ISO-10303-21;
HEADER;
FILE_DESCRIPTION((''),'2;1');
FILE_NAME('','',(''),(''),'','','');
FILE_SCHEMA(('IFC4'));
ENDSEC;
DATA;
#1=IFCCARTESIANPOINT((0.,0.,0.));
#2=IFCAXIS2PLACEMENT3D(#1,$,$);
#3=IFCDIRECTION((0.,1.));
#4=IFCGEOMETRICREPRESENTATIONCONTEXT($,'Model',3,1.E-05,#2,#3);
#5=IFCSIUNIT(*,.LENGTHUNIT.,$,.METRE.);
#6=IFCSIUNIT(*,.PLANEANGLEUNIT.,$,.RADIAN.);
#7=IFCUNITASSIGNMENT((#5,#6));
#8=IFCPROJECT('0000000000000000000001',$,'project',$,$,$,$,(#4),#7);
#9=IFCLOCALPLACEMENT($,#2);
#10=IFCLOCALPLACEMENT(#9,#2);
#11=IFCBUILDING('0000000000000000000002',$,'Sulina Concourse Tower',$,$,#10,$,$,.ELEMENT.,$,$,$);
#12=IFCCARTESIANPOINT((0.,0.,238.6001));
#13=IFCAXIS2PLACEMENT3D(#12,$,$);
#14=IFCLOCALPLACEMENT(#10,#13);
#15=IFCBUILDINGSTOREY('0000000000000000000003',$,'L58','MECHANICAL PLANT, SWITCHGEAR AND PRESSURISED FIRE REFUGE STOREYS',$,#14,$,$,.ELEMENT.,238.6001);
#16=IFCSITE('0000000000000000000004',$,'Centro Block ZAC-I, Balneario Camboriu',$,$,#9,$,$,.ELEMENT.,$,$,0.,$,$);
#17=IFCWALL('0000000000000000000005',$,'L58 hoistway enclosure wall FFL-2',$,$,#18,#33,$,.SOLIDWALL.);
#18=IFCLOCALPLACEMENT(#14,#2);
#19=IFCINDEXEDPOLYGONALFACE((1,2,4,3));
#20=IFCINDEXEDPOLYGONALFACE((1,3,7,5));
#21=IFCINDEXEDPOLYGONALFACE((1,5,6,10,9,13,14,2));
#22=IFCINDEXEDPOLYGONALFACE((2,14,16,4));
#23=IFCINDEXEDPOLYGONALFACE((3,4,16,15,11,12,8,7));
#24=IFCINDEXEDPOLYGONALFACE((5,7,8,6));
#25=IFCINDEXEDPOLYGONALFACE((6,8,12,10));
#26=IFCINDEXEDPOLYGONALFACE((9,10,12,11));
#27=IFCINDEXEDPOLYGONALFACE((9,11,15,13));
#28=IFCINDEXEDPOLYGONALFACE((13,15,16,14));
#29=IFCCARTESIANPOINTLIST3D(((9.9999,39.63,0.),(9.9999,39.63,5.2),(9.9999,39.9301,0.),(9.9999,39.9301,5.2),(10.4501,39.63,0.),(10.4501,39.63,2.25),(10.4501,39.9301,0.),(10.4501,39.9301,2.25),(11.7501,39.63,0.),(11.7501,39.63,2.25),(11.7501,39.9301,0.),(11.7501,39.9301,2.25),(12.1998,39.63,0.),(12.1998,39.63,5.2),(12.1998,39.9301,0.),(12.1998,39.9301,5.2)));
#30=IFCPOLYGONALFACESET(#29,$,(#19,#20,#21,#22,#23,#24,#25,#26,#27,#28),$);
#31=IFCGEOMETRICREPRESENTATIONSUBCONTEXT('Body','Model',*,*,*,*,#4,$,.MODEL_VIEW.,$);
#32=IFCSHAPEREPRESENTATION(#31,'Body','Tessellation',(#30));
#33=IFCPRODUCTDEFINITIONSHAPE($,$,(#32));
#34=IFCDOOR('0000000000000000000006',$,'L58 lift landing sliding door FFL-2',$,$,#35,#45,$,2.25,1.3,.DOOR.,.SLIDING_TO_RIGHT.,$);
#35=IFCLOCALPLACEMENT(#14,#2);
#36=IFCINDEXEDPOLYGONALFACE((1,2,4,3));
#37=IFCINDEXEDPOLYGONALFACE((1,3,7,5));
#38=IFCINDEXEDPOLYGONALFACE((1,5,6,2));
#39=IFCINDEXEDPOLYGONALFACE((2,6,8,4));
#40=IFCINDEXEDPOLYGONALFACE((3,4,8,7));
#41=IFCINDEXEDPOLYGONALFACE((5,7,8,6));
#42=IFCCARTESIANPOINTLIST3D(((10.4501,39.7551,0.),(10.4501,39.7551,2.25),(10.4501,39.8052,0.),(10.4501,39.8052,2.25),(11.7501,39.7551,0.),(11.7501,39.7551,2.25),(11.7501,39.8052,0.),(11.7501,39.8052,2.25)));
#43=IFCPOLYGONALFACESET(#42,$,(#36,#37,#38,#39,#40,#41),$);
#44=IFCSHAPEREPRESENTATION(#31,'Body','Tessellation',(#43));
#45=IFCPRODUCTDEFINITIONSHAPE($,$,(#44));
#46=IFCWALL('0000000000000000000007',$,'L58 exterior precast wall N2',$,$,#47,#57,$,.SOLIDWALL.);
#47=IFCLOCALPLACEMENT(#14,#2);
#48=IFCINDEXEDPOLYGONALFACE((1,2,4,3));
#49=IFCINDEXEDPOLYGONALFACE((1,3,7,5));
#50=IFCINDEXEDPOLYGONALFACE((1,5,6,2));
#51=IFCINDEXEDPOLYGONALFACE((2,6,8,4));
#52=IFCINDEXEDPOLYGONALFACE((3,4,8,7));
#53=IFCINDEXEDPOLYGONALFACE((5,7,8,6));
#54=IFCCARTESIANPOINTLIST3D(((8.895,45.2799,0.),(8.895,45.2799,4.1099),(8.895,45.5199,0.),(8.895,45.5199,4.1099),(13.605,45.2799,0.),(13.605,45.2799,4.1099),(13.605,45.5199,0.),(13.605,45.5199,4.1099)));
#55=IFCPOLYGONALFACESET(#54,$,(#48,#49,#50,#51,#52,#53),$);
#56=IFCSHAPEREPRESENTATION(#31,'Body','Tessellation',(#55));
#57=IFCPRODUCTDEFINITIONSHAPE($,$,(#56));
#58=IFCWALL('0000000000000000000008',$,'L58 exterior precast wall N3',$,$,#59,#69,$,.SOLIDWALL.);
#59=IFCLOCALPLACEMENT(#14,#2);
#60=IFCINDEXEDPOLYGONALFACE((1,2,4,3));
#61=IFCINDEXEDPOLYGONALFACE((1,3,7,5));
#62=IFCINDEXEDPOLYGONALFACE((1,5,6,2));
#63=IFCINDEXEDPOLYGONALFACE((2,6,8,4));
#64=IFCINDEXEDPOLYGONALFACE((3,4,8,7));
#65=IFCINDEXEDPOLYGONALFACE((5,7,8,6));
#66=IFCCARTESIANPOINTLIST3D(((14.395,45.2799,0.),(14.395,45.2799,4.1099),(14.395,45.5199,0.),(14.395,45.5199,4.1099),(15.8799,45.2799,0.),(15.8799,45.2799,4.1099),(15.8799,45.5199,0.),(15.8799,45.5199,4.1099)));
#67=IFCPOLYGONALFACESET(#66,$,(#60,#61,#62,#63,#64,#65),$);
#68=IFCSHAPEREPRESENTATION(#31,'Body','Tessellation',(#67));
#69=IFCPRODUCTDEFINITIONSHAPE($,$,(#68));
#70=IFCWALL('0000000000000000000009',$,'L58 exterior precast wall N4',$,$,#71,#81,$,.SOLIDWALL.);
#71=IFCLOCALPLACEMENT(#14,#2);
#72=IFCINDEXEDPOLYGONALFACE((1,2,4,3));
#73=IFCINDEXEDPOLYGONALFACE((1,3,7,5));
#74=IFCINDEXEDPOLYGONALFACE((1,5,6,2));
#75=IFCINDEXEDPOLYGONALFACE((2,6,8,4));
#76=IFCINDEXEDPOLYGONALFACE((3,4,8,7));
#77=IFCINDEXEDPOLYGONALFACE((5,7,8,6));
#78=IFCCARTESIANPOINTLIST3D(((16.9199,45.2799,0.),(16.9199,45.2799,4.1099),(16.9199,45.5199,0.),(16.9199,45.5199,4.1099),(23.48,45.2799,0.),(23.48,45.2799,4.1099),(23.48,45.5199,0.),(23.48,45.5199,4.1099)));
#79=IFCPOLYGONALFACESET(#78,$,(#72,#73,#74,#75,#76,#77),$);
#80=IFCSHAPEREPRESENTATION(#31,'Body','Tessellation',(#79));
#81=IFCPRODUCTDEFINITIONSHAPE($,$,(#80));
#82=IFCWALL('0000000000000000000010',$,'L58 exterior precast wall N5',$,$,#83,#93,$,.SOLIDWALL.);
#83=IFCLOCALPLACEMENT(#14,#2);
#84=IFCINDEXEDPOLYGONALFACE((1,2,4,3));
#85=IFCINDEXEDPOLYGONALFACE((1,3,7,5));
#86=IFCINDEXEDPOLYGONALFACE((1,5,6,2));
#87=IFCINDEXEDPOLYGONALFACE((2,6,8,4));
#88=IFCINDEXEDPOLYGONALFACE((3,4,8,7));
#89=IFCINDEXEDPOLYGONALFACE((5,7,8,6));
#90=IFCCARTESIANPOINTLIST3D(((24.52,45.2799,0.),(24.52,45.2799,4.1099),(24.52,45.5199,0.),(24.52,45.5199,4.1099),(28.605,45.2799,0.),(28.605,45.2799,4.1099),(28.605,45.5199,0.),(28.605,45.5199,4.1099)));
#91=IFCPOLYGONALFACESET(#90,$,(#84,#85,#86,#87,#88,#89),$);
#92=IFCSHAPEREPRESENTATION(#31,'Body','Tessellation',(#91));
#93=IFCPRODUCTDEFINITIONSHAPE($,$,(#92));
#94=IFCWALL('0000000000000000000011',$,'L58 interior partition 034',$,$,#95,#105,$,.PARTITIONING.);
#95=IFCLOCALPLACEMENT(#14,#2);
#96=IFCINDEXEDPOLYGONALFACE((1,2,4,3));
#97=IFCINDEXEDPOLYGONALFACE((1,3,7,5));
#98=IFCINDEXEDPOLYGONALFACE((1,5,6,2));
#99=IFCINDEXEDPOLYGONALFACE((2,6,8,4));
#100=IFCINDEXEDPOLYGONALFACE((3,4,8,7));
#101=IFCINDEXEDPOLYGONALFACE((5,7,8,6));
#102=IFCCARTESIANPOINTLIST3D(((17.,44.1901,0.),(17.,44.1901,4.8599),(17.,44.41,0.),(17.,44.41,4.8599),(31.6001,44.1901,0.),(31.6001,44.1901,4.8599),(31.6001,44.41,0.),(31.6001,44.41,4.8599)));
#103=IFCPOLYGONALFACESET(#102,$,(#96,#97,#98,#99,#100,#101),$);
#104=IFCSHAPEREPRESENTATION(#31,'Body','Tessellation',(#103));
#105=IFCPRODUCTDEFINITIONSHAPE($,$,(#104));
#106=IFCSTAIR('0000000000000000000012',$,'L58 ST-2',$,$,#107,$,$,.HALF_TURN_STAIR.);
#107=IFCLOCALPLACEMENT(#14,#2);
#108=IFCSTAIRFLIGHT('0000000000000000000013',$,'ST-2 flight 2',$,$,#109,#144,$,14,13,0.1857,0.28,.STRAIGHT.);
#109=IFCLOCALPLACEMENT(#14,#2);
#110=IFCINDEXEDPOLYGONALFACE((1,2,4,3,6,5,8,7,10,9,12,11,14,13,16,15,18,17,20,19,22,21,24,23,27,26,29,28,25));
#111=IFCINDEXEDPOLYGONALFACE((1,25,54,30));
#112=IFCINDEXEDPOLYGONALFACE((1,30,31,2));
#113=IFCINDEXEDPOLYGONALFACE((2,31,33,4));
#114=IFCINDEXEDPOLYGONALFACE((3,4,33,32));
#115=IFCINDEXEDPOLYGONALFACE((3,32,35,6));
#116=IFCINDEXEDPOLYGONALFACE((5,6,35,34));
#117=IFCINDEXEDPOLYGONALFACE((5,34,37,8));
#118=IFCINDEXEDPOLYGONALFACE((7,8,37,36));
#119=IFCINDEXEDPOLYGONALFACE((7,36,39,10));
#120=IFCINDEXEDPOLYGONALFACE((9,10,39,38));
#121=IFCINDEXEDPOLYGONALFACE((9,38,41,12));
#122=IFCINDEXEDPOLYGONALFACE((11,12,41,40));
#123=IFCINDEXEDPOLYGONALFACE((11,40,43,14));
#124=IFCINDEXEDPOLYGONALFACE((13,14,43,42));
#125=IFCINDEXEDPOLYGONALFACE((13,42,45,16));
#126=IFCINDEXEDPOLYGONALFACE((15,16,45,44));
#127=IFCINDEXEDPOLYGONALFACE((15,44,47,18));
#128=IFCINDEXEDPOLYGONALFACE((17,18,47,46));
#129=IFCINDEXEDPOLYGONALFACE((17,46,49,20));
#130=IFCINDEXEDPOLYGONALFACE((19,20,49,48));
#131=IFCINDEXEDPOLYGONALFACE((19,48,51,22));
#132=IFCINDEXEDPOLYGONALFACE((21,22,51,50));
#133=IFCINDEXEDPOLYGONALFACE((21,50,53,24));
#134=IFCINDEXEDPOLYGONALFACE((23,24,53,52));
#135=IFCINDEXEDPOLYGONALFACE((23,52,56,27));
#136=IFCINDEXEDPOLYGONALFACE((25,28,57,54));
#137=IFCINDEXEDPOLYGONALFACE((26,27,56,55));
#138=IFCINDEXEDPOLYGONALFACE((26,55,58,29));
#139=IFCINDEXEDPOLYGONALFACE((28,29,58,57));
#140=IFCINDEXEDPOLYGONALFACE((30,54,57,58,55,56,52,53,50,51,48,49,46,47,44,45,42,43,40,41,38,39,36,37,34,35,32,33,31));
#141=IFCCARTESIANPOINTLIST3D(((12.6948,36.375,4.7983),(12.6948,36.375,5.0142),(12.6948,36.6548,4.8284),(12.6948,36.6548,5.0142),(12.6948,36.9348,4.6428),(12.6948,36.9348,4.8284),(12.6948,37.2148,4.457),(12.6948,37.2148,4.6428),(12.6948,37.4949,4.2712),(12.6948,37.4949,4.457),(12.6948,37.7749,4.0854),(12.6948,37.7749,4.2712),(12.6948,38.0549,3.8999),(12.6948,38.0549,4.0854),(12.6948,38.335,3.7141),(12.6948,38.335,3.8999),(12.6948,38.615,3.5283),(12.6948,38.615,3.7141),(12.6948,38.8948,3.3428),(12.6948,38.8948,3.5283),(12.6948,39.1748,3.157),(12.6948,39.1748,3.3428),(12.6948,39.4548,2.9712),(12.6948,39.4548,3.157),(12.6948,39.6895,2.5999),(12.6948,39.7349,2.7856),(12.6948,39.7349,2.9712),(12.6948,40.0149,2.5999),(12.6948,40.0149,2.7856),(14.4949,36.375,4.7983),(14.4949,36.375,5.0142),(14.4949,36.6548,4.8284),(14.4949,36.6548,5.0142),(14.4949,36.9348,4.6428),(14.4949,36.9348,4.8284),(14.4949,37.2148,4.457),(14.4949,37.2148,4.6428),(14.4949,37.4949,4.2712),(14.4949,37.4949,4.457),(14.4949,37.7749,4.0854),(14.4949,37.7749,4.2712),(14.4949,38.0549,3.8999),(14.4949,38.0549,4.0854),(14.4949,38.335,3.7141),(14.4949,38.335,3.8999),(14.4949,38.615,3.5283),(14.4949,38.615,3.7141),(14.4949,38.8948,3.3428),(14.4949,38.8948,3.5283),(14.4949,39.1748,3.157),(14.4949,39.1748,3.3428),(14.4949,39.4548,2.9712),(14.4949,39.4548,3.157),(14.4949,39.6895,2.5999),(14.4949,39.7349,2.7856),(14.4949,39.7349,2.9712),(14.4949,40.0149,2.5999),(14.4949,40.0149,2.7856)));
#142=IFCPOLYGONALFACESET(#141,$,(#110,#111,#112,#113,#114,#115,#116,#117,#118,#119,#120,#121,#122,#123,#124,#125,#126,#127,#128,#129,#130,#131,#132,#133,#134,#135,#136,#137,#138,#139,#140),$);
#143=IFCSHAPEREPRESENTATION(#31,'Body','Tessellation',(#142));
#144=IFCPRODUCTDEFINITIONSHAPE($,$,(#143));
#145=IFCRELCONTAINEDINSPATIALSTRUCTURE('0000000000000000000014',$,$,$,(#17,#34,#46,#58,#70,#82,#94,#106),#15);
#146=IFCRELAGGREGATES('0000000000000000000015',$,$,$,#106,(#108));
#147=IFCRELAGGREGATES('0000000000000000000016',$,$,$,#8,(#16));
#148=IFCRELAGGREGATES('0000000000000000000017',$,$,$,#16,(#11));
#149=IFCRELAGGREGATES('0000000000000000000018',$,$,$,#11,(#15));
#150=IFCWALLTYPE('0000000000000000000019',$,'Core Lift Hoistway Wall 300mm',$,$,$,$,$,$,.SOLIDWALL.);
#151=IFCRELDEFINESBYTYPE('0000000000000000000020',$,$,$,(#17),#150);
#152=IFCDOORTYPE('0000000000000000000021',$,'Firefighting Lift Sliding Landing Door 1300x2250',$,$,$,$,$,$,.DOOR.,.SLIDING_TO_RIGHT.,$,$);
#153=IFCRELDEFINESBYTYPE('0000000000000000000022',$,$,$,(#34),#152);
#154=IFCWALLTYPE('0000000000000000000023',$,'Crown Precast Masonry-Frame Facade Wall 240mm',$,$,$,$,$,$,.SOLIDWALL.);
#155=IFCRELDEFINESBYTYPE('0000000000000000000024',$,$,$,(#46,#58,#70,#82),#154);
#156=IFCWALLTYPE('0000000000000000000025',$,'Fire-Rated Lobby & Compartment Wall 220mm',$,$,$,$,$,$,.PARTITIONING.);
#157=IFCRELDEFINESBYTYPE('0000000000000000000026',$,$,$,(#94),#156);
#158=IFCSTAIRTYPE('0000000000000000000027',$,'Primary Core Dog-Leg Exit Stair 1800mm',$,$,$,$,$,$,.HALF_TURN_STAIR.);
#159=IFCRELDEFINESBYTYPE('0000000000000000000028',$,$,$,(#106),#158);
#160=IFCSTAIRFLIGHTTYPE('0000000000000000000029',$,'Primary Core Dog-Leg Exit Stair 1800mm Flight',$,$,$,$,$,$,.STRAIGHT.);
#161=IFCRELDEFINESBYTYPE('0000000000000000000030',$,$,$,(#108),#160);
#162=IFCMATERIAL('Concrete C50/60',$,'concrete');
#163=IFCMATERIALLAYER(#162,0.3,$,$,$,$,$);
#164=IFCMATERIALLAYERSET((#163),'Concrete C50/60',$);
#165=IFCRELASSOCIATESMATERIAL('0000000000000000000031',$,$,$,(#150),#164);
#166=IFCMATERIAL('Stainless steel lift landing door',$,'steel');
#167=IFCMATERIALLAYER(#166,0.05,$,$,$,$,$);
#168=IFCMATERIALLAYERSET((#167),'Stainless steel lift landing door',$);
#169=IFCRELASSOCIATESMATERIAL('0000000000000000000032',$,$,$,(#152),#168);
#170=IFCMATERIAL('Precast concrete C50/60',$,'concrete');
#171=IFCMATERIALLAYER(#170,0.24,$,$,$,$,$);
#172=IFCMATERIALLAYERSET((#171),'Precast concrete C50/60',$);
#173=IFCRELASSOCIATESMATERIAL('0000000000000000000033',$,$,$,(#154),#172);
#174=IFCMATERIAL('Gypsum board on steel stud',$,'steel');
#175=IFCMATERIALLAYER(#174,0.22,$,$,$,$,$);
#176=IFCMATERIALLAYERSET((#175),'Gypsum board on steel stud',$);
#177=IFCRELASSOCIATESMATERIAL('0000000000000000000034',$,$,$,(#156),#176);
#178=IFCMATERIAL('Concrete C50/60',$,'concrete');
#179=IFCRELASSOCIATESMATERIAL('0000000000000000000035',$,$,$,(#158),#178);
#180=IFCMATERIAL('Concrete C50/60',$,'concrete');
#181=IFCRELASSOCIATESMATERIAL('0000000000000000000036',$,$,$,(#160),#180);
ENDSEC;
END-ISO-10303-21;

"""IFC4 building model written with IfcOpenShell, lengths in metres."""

from ifc_helpers import new_model, si_unit, direction, frame, frame_2d, origin, place, context, subcontext, project, spatial, polyline, rectangle, outline, extrude, material, layer, layer_set, type_object, element, fill, aggregate, save


model = new_model("IFC4")

# Units and contexts
model_context = context("Model", 3, precision=1e-05, world=origin(), true_north=direction((0.0, 1.0)))
body_context = subcontext(model_context, "Body", "Model", "MODEL_VIEW")
ifc_project = project(units=[si_unit("LENGTHUNIT", "METRE"), si_unit("PLANEANGLEUNIT", "RADIAN")], contexts=[model_context])

# Site, building, storey
site_placement = place(None, origin())
site = spatial("IfcSite", under=ifc_project, at=site_placement, Name="Centro Block ZAC-I, Balneario Camboriu", CompositionType="ELEMENT", RefElevation=0.0)
building_placement = place(site_placement, origin())
building = spatial("IfcBuilding", under=site, at=building_placement, Name="Sulina Concourse Tower", CompositionType="ELEMENT")
storey_placement = place(building_placement, frame((0.0, 0.0, 238.6001)))
storey = spatial("IfcBuildingStorey", under=building, at=storey_placement, Name="L58", Description="MECHANICAL PLANT, SWITCHGEAR AND PRESSURISED FIRE REFUGE STOREYS", CompositionType="ELEMENT", Elevation=238.6001)

# Wall, opening, door
ifc_material_1 = material(Name="Concrete C50/60", Category="concrete")
ifc_layer_1 = layer(ifc_material_1, 0.3)
ifc_layer_set_1 = layer_set([ifc_layer_1], Name="Concrete C50/60")
wall_type_1 = type_object("IfcWallType", Name="Core Lift Hoistway Wall 300mm", PredefinedType="SOLIDWALL", material=ifc_layer_set_1)
wall_1_placement = place(storey_placement, frame((12.2, 39.78, 0.0), z_axis=(0.0, 0.0, 1.0), x_axis=(-1.0, 0.0, 0.0)))
wall_1 = element("IfcWall", 1, at=wall_1_placement, inside=storey, type_object=wall_type_1, Name="L58 hoistway enclosure wall FFL-2", PredefinedType="SOLIDWALL", context=body_context, shape_type="SweptSolid", body=[
    extrude(rectangle(XDim=2.2, YDim=0.3, at=frame_2d((1.1001, 0.0))), origin(), (0.0, 0.0, 1.0), 5.2),
])
opening_placement = place(wall_1_placement, frame((0.45, 0.0, 0.0)))
opening = element("IfcOpeningElement", 2, at=opening_placement, cuts=wall_1, PredefinedType="OPENING", context=body_context, shape_type="SweptSolid", body=[
    extrude(rectangle(XDim=1.3, YDim=2.25, at=frame_2d((0.6499, 1.125))), frame((0.0, 0.1599, 0.0), z_axis=(0.0, -1.0, 0.0), x_axis=(1.0, 0.0, 0.0)), (0.0, 0.0, 1.0), 0.3201),
])
ifc_material_2 = material(Name="Stainless steel lift landing door", Category="steel")
ifc_layer_2 = layer(ifc_material_2, 0.05)
ifc_layer_set_2 = layer_set([ifc_layer_2], Name="Stainless steel lift landing door")
door_type = type_object("IfcDoorType", Name="Firefighting Lift Sliding Landing Door 1300x2250", OperationType="SLIDING_TO_RIGHT", PredefinedType="DOOR", material=ifc_layer_set_2)
door_placement = place(opening_placement, origin())
door = element("IfcDoor", 3, at=door_placement, inside=storey, type_object=door_type, Name="L58 lift landing sliding door FFL-2", OperationType="SLIDING_TO_RIGHT", OverallHeight=2.25, OverallWidth=1.3, PredefinedType="DOOR", context=body_context, shape_type="SweptSolid", body=[
    extrude(rectangle(XDim=1.3, YDim=2.25, at=frame_2d((0.6499, 1.125))), frame((0.0, 0.0249, 0.0), z_axis=(0.0, -1.0, 0.0), x_axis=(1.0, 0.0, 0.0)), (0.0, 0.0, 1.0), 0.05),
])
fill(opening, door)

# Walls
ifc_material_3 = material(Name="Precast concrete C50/60", Category="concrete")
ifc_layer_3 = layer(ifc_material_3, 0.24)
ifc_layer_set_3 = layer_set([ifc_layer_3], Name="Precast concrete C50/60")
wall_type_2 = type_object("IfcWallType", Name="Crown Precast Masonry-Frame Facade Wall 240mm", PredefinedType="SOLIDWALL", material=ifc_layer_set_3)
wall_2_placement = place(storey_placement, frame((8.895, 45.3999, 0.0), z_axis=(0.0, 0.0, 1.0), x_axis=(1.0, 0.0, 0.0)))
element("IfcWall", 4, at=wall_2_placement, inside=storey, type_object=wall_type_2, Name="L58 exterior precast wall N2", PredefinedType="SOLIDWALL", context=body_context, shape_type="SweptSolid", body=[
    extrude(rectangle(XDim=4.71, YDim=0.24, at=frame_2d((2.355, 0.0))), origin(), (0.0, 0.0, 1.0), 4.1099),
])
wall_3_placement = place(storey_placement, frame((14.395, 45.3999, 0.0), z_axis=(0.0, 0.0, 1.0), x_axis=(1.0, 0.0, 0.0)))
element("IfcWall", 5, at=wall_3_placement, inside=storey, type_object=wall_type_2, Name="L58 exterior precast wall N3", PredefinedType="SOLIDWALL", context=body_context, shape_type="SweptSolid", body=[
    extrude(rectangle(XDim=1.4849, YDim=0.24, at=frame_2d((0.7424, 0.0))), origin(), (0.0, 0.0, 1.0), 4.1099),
])
wall_4_placement = place(storey_placement, frame((16.9199, 45.3999, 0.0), z_axis=(0.0, 0.0, 1.0), x_axis=(1.0, 0.0, 0.0)))
element("IfcWall", 6, at=wall_4_placement, inside=storey, type_object=wall_type_2, Name="L58 exterior precast wall N4", PredefinedType="SOLIDWALL", context=body_context, shape_type="SweptSolid", body=[
    extrude(rectangle(XDim=6.5601, YDim=0.24, at=frame_2d((3.28, 0.0))), origin(), (0.0, 0.0, 1.0), 4.1099),
])
wall_5_placement = place(storey_placement, frame((24.52, 45.3999, 0.0), z_axis=(0.0, 0.0, 1.0), x_axis=(1.0, 0.0, 0.0)))
element("IfcWall", 7, at=wall_5_placement, inside=storey, type_object=wall_type_2, Name="L58 exterior precast wall N5", PredefinedType="SOLIDWALL", context=body_context, shape_type="SweptSolid", body=[
    extrude(rectangle(XDim=4.085, YDim=0.24, at=frame_2d((2.0425, 0.0))), origin(), (0.0, 0.0, 1.0), 4.1099),
])
ifc_material_4 = material(Name="Gypsum board on steel stud", Category="steel")
ifc_layer_4 = layer(ifc_material_4, 0.22)
ifc_layer_set_4 = layer_set([ifc_layer_4], Name="Gypsum board on steel stud")
wall_type_3 = type_object("IfcWallType", Name="Fire-Rated Lobby & Compartment Wall 220mm", PredefinedType="PARTITIONING", material=ifc_layer_set_4)
wall_6_placement = place(storey_placement, frame((17.0, 44.3, 0.0), z_axis=(0.0, 0.0, 1.0), x_axis=(1.0, 0.0, 0.0)))
element("IfcWall", 8, at=wall_6_placement, inside=storey, type_object=wall_type_3, Name="L58 interior partition 034", PredefinedType="PARTITIONING", context=body_context, shape_type="SweptSolid", body=[
    extrude(rectangle(XDim=14.6001, YDim=0.22, at=frame_2d((7.3, 0.0))), origin(), (0.0, 0.0, 1.0), 4.8599),
])

# Stair, stair flight
ifc_material_5 = material(Name="Concrete C50/60", Category="concrete")
stair_type = type_object("IfcStairType", Name="Primary Core Dog-Leg Exit Stair 1800mm", PredefinedType="HALF_TURN_STAIR", material=ifc_material_5)
stair_placement = place(storey_placement, origin())
stair = element("IfcStair", 9, at=stair_placement, inside=storey, type_object=stair_type, Name="L58 ST-2", PredefinedType="HALF_TURN_STAIR")
ifc_material_6 = material(Name="Concrete C50/60", Category="concrete")
stair_flight_type = type_object("IfcStairFlightType", Name="Primary Core Dog-Leg Exit Stair 1800mm Flight", PredefinedType="STRAIGHT", material=ifc_material_6)
stair_flight_placement = place(storey_placement, frame((13.595, 40.0149, 2.5999), z_axis=(0.0, 0.0, 1.0), x_axis=(0.0, -1.0, 0.0)))
stair_flight = element("IfcStairFlight", 10, at=stair_flight_placement, type_object=stair_flight_type, Name="ST-2 flight 2", NumberOfRisers=14, NumberOfTreads=13, PredefinedType="STRAIGHT", RiserHeight=0.1857, TreadLength=0.28, context=body_context, shape_type="SweptSolid", body=[
    extrude(outline(polyline([(0.0, 0.0), (0.0, 0.1858), (0.28, 0.1858), (0.28, 0.3713), (0.5601, 0.3713), (0.5601, 0.5571), (0.8401, 0.5571), (0.8401, 0.7429), (1.1201, 0.7429), (1.1201, 0.9285), (1.3999, 0.9285), (1.3999, 1.1143), (1.6799, 1.1143), (1.6799, 1.3), (1.96, 1.3), (1.96, 1.4856), (2.24, 1.4856), (2.24, 1.6714), (2.52, 1.6714), (2.52, 1.8572), (2.8, 1.8572), (2.8, 2.043), (3.0801, 2.043), (3.0801, 2.2285), (3.3601, 2.2285), (3.3601, 2.4143), (3.6399, 2.4143), (3.6399, 2.6001), (3.6399, 2.1985), (0.3254, 0.0), (0.0, 0.0)])), frame((0.0, 0.8999, 0.0), z_axis=(0.0, -1.0, 0.0), x_axis=(1.0, 0.0, 0.0)), (0.0, 0.0, 1.0), 1.8),
])
aggregate(stair, [stair_flight])

save(model, "model.ifc")
